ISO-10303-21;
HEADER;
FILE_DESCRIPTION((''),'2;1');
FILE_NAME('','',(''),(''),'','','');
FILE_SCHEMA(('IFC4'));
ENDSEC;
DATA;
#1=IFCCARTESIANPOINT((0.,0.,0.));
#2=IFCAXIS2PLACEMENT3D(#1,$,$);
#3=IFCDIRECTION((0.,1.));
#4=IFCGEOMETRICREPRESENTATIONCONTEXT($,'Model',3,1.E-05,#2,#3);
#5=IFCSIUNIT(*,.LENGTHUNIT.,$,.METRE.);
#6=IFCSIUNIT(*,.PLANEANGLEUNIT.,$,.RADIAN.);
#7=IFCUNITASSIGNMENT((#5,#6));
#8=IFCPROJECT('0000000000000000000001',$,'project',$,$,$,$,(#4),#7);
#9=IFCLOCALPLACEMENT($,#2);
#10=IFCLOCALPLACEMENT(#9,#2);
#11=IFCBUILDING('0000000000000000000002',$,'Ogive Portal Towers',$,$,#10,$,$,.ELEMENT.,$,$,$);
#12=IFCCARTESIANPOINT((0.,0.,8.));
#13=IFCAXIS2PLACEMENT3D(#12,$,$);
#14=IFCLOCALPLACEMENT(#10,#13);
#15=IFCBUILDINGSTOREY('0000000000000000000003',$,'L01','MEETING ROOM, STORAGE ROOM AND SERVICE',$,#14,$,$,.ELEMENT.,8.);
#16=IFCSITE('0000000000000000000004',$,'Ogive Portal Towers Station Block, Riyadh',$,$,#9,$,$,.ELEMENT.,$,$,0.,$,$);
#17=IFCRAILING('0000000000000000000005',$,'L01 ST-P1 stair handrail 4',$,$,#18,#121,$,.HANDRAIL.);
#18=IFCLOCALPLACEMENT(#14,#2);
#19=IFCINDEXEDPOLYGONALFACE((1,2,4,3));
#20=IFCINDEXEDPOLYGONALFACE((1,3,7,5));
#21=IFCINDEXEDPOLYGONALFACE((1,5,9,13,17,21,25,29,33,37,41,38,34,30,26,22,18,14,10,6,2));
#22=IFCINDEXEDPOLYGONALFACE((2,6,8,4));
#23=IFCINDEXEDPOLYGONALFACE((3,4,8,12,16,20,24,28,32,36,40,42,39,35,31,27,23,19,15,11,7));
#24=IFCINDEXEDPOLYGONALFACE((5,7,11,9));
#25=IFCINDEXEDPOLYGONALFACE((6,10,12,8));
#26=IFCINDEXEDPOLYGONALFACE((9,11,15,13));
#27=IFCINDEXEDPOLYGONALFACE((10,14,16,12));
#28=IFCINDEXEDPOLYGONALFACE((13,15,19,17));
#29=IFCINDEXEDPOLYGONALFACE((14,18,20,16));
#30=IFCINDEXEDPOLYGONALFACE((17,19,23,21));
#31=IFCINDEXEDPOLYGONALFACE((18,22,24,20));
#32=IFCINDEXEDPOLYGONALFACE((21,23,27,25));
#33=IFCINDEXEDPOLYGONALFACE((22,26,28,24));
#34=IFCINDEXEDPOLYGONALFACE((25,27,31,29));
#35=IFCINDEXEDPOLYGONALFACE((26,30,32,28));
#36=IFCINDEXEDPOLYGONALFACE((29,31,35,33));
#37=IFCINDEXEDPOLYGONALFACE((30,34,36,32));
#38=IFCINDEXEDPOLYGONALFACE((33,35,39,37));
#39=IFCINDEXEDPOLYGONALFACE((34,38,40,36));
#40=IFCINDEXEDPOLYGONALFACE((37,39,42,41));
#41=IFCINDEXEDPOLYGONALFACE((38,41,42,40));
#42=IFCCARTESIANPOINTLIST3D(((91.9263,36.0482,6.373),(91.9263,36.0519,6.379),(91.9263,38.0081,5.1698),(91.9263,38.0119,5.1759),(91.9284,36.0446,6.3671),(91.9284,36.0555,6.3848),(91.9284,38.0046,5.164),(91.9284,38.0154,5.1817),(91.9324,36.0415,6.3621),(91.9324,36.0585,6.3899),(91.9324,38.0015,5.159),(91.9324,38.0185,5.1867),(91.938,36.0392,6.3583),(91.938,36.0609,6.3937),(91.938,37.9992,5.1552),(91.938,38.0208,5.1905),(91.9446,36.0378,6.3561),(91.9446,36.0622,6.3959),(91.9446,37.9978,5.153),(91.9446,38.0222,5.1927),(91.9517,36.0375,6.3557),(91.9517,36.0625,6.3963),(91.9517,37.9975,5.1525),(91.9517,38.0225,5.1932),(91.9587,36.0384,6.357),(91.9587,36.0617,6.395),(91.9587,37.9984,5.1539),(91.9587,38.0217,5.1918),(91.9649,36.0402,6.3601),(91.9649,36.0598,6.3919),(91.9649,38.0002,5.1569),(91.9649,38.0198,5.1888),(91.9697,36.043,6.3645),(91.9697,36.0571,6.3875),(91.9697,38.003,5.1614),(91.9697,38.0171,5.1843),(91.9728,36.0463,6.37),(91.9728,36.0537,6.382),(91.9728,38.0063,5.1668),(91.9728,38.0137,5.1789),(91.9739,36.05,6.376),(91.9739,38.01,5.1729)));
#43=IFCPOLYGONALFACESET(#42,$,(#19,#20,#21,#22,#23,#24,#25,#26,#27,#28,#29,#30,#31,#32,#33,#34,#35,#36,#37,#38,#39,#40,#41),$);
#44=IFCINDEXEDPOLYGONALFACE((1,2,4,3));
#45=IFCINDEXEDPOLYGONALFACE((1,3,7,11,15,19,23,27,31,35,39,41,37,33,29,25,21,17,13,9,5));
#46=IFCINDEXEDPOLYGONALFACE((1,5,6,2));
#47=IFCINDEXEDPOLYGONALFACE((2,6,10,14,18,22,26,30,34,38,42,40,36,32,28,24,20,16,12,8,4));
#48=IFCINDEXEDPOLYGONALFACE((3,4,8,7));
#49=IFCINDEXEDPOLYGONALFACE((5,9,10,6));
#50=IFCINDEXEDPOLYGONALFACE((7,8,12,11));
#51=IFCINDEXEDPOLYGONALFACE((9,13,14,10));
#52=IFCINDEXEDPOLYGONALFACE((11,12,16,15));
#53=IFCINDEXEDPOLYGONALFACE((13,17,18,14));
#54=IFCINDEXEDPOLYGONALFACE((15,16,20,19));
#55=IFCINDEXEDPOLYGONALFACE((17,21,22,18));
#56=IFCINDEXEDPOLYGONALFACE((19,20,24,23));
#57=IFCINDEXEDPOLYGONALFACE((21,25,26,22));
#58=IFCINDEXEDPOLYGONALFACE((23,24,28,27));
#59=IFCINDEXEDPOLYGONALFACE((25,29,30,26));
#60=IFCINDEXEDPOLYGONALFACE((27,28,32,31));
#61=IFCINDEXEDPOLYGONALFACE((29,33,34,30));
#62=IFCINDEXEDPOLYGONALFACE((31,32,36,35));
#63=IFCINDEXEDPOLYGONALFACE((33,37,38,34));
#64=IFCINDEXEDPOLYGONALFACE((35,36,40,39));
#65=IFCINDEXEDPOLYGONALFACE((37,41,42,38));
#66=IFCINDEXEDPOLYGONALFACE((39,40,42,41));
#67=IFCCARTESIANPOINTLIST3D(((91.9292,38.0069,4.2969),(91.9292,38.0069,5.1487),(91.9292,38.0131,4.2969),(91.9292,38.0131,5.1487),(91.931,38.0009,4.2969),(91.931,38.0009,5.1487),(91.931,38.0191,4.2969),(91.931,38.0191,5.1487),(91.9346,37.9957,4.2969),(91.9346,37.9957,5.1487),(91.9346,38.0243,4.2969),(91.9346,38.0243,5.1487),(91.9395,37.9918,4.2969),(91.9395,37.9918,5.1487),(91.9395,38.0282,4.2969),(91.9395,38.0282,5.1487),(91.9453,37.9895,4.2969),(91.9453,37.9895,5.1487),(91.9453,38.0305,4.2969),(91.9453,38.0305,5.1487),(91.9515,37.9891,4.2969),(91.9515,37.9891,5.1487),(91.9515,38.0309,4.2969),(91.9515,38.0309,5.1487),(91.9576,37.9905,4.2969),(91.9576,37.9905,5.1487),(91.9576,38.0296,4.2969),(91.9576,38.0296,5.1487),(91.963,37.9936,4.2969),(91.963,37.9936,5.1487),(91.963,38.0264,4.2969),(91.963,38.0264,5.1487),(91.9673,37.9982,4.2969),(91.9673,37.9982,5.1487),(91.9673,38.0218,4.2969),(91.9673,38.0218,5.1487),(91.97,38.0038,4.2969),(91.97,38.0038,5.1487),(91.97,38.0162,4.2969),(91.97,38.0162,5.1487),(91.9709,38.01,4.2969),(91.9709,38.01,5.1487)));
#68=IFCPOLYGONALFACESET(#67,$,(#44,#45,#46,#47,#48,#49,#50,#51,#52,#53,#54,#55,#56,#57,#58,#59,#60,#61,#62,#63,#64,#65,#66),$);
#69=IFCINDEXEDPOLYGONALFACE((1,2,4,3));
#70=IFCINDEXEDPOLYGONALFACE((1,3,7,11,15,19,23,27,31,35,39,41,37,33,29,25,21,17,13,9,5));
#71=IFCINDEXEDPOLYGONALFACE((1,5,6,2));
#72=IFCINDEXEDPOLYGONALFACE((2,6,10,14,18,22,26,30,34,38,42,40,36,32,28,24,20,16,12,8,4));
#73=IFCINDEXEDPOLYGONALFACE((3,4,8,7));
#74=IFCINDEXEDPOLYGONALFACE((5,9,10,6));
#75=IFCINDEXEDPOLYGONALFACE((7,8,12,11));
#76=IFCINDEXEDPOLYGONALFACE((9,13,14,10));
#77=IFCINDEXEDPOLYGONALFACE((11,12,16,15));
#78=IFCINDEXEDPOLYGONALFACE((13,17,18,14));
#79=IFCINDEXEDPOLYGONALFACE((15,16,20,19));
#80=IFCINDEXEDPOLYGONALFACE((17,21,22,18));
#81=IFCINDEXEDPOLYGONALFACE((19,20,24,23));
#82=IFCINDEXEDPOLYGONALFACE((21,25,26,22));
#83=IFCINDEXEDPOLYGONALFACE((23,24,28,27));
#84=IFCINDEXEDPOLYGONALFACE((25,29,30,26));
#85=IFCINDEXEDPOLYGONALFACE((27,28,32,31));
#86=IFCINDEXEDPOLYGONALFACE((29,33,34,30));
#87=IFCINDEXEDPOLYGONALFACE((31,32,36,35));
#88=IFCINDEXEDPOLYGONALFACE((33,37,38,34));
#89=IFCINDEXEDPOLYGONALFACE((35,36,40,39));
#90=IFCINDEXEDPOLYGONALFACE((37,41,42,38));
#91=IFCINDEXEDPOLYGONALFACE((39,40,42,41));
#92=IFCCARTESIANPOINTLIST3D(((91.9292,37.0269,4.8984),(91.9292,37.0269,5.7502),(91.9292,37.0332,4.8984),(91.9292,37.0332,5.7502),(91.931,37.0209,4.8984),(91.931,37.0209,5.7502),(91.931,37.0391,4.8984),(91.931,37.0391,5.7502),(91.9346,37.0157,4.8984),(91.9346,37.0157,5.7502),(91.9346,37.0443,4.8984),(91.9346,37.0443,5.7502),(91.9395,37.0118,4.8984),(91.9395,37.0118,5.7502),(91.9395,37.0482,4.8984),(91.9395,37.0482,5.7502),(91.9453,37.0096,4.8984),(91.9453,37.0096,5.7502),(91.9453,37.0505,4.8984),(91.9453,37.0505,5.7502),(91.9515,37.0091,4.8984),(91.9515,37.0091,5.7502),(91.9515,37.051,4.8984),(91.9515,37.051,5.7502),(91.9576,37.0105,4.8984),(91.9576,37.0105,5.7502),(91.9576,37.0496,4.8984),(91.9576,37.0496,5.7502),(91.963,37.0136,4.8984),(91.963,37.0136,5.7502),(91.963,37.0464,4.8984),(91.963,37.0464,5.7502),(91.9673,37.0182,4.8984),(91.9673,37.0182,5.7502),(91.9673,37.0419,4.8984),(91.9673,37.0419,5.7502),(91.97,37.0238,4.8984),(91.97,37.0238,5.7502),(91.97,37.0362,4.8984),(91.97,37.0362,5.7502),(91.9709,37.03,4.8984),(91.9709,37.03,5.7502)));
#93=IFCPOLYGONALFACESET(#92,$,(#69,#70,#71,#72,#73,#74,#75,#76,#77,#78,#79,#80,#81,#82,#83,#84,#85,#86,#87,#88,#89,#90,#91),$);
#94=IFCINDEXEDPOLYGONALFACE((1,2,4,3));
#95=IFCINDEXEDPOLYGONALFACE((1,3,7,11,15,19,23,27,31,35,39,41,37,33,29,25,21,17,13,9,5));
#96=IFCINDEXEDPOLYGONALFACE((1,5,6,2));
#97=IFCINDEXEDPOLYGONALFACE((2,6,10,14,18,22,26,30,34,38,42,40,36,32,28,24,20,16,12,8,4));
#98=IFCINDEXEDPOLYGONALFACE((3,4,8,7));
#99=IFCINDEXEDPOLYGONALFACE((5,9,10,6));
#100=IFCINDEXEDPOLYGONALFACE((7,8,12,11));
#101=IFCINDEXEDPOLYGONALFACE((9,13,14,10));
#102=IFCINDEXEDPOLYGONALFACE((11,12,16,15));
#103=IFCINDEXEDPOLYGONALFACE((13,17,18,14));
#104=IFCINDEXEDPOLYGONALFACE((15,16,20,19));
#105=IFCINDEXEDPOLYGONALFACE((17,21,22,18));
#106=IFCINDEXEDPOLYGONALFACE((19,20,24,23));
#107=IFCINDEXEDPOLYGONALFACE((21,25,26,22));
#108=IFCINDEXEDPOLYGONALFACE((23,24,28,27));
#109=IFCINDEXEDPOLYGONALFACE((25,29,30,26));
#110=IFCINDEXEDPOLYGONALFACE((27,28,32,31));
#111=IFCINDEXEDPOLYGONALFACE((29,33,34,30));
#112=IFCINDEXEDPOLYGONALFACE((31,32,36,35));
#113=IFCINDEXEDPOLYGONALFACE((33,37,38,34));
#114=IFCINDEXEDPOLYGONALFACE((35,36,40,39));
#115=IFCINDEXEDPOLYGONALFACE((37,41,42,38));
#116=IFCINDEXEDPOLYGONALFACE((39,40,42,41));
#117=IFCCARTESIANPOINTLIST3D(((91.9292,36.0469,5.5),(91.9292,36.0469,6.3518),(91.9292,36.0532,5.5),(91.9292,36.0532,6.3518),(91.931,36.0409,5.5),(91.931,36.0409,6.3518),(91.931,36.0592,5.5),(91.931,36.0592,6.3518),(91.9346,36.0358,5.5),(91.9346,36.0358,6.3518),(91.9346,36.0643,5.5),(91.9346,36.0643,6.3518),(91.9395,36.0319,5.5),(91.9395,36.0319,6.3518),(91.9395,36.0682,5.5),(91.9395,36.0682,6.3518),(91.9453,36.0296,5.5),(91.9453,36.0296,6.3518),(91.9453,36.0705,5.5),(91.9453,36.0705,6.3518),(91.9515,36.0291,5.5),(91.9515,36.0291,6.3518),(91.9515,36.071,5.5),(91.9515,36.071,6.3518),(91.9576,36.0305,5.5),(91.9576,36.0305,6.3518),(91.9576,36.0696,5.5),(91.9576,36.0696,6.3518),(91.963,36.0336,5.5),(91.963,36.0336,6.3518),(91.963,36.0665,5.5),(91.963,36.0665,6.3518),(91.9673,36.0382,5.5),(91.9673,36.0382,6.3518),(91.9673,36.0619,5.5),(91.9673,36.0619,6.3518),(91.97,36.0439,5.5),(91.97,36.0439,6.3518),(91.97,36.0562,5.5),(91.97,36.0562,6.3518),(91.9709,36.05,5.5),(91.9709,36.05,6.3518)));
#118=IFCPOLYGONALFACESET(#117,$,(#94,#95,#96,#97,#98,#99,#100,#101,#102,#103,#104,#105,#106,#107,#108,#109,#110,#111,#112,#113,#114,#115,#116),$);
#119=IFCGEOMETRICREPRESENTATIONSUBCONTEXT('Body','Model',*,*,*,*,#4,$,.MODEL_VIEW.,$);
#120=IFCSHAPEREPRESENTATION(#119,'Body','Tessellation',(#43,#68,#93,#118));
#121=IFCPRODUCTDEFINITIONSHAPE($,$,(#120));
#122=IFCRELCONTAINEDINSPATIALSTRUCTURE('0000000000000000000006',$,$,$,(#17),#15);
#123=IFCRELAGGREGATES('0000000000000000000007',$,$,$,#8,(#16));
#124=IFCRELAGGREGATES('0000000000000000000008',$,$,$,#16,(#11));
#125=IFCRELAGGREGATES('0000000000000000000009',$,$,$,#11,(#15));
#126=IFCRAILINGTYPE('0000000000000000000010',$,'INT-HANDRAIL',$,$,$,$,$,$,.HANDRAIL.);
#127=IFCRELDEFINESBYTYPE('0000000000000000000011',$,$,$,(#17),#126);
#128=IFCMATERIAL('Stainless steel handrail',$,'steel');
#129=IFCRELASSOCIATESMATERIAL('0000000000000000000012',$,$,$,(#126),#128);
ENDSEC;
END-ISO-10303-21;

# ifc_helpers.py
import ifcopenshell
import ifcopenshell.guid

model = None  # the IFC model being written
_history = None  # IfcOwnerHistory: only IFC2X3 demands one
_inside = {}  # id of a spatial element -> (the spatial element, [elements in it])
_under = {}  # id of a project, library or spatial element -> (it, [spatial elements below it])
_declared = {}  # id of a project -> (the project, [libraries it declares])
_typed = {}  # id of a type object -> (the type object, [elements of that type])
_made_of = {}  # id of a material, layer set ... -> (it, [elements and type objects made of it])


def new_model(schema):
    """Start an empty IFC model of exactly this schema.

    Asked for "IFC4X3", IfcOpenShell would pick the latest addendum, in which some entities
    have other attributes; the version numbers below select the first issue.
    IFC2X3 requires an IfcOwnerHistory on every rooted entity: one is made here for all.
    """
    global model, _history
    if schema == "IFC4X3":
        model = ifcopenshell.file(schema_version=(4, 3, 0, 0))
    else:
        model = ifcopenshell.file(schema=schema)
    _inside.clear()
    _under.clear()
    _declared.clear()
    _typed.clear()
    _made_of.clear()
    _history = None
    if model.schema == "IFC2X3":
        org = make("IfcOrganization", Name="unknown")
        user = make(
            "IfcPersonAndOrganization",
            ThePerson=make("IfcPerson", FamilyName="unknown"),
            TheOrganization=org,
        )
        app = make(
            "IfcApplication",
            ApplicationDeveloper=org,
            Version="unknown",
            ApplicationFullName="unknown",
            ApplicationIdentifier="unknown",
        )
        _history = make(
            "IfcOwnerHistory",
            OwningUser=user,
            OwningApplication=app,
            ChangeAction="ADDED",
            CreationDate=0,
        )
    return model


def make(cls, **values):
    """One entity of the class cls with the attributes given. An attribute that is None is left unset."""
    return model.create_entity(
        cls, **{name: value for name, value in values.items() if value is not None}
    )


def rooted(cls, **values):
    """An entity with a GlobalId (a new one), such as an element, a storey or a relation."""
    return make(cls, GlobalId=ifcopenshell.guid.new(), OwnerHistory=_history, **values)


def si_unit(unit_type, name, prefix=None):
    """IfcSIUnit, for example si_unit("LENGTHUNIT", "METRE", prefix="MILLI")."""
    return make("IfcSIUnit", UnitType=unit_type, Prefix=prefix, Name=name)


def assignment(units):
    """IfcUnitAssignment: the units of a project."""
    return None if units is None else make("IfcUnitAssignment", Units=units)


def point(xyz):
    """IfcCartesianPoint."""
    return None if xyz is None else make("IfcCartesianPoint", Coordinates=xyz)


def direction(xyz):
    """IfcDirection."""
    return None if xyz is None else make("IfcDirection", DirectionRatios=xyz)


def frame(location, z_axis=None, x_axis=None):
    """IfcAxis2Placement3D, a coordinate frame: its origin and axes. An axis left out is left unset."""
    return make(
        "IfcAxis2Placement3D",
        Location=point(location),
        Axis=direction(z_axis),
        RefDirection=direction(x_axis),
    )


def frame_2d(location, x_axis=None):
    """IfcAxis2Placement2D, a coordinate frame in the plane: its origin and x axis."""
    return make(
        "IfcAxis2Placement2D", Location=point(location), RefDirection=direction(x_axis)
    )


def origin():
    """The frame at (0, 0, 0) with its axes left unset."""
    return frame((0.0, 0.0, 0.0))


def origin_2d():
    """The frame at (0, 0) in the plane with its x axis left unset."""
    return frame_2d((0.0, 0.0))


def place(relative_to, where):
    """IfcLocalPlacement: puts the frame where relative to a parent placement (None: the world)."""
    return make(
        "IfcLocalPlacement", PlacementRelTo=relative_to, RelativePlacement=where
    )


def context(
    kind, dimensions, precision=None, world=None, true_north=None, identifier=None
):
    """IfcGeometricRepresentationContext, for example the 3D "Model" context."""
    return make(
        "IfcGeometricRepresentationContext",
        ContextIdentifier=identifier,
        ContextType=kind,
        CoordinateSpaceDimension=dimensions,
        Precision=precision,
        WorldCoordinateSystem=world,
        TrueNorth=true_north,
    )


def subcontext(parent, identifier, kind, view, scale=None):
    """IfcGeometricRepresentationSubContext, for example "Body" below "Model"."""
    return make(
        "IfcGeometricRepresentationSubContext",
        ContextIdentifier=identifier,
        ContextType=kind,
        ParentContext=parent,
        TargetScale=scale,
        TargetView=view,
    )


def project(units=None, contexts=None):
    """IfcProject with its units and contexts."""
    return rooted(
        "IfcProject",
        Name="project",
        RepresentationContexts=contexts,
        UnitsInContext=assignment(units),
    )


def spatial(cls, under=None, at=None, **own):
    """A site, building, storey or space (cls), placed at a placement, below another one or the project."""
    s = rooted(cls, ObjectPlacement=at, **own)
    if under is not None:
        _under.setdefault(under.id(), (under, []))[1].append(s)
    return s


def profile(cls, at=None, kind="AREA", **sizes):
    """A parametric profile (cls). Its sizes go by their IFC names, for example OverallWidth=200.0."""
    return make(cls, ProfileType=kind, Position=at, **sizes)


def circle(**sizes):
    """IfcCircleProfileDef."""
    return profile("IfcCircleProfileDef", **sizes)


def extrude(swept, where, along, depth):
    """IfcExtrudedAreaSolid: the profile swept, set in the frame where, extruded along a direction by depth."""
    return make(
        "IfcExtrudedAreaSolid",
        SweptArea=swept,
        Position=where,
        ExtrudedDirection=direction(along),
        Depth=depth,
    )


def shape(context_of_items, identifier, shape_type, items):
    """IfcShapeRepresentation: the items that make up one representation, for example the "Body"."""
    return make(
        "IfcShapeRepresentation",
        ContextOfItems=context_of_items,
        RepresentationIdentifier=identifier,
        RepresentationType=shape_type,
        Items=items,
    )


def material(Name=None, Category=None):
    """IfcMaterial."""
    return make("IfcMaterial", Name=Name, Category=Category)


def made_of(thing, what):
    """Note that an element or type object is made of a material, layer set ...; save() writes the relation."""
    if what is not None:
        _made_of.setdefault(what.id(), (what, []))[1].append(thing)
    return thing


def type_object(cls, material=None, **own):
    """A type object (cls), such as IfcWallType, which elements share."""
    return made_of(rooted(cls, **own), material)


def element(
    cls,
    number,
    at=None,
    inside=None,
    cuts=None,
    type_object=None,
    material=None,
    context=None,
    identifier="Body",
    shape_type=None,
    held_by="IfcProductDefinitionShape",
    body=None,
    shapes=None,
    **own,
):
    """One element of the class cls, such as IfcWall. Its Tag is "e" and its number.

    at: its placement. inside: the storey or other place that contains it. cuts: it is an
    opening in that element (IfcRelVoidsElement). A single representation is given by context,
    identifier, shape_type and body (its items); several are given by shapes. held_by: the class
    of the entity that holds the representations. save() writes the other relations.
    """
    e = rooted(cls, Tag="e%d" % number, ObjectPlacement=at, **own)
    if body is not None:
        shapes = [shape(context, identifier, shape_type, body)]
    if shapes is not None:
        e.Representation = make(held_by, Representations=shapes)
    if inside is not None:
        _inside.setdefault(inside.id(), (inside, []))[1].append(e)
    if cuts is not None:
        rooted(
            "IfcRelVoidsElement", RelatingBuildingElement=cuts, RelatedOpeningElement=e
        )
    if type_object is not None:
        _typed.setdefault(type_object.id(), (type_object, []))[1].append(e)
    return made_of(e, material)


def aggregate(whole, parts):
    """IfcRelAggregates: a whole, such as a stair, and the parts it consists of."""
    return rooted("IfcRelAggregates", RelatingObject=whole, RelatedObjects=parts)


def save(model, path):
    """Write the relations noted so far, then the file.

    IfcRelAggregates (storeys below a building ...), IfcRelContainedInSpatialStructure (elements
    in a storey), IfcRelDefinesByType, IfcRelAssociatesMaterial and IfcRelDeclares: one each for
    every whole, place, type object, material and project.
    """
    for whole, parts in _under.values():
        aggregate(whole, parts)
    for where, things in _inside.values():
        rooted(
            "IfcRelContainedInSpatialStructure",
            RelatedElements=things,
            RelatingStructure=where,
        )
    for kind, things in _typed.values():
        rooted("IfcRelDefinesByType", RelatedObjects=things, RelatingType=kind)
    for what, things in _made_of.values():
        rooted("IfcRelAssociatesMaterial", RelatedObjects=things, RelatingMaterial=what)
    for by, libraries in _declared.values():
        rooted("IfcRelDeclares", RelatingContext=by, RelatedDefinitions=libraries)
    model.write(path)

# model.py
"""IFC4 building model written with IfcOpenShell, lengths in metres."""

from ifc_helpers import new_model, si_unit, direction, frame, origin, origin_2d, place, context, subcontext, project, spatial, circle, extrude, material, type_object, element, save


model = new_model("IFC4")

# Units and contexts
model_context = context("Model", 3, precision=1e-05, world=origin(), true_north=direction((0.0, 1.0)))
body_context = subcontext(model_context, "Body", "Model", "MODEL_VIEW")
ifc_project = project(units=[si_unit("LENGTHUNIT", "METRE"), si_unit("PLANEANGLEUNIT", "RADIAN")], contexts=[model_context])

# Site, building, storey
site_placement = place(None, origin())
site = spatial("IfcSite", under=ifc_project, at=site_placement, Name="Ogive Portal Towers Station Block, Riyadh", CompositionType="ELEMENT", RefElevation=0.0)
building_placement = place(site_placement, origin())
building = spatial("IfcBuilding", under=site, at=building_placement, Name="Ogive Portal Towers", CompositionType="ELEMENT")
storey_placement = place(building_placement, frame((0.0, 0.0, 8.0)))
storey = spatial("IfcBuildingStorey", under=building, at=storey_placement, Name="L01", Description="MEETING ROOM, STORAGE ROOM AND SERVICE", CompositionType="ELEMENT", Elevation=8.0)

# Railing
ifc_material_1 = material(Name="Stainless steel handrail", Category="steel")
railing_type_1 = type_object("IfcRailingType", Name="INT-HANDRAIL", PredefinedType="HANDRAIL", material=ifc_material_1)
railing_1_placement = place(storey_placement, frame((91.95, 38.01, 4.2969)))
element("IfcRailing", 1, at=railing_1_placement, inside=storey, type_object=railing_type_1, Name="L01 ST-P1 stair handrail 4", PredefinedType="HANDRAIL", context=body_context, shape_type="SweptSolid", body=[
    extrude(circle(Radius=0.0239, at=origin_2d()), frame((0.0, 0.0, 0.876), z_axis=(0.0, -0.852241, 0.523149), x_axis=(1.0, 0.0, 0.0)), (0.0, 0.0, 1.0), 2.2998),
    extrude(circle(Radius=0.021, at=origin_2d()), origin(), (0.0, 0.0, 1.0), 0.8518),
    extrude(circle(Radius=0.021, at=origin_2d()), frame((0.0, -0.98, 0.6016)), (0.0, 0.0, 1.0), 0.8518),
    extrude(circle(Radius=0.021, at=origin_2d()), frame((0.0, -1.96, 1.2031)), (0.0, 0.0, 1.0), 0.8518),
])

save(model, "model.ifc")
